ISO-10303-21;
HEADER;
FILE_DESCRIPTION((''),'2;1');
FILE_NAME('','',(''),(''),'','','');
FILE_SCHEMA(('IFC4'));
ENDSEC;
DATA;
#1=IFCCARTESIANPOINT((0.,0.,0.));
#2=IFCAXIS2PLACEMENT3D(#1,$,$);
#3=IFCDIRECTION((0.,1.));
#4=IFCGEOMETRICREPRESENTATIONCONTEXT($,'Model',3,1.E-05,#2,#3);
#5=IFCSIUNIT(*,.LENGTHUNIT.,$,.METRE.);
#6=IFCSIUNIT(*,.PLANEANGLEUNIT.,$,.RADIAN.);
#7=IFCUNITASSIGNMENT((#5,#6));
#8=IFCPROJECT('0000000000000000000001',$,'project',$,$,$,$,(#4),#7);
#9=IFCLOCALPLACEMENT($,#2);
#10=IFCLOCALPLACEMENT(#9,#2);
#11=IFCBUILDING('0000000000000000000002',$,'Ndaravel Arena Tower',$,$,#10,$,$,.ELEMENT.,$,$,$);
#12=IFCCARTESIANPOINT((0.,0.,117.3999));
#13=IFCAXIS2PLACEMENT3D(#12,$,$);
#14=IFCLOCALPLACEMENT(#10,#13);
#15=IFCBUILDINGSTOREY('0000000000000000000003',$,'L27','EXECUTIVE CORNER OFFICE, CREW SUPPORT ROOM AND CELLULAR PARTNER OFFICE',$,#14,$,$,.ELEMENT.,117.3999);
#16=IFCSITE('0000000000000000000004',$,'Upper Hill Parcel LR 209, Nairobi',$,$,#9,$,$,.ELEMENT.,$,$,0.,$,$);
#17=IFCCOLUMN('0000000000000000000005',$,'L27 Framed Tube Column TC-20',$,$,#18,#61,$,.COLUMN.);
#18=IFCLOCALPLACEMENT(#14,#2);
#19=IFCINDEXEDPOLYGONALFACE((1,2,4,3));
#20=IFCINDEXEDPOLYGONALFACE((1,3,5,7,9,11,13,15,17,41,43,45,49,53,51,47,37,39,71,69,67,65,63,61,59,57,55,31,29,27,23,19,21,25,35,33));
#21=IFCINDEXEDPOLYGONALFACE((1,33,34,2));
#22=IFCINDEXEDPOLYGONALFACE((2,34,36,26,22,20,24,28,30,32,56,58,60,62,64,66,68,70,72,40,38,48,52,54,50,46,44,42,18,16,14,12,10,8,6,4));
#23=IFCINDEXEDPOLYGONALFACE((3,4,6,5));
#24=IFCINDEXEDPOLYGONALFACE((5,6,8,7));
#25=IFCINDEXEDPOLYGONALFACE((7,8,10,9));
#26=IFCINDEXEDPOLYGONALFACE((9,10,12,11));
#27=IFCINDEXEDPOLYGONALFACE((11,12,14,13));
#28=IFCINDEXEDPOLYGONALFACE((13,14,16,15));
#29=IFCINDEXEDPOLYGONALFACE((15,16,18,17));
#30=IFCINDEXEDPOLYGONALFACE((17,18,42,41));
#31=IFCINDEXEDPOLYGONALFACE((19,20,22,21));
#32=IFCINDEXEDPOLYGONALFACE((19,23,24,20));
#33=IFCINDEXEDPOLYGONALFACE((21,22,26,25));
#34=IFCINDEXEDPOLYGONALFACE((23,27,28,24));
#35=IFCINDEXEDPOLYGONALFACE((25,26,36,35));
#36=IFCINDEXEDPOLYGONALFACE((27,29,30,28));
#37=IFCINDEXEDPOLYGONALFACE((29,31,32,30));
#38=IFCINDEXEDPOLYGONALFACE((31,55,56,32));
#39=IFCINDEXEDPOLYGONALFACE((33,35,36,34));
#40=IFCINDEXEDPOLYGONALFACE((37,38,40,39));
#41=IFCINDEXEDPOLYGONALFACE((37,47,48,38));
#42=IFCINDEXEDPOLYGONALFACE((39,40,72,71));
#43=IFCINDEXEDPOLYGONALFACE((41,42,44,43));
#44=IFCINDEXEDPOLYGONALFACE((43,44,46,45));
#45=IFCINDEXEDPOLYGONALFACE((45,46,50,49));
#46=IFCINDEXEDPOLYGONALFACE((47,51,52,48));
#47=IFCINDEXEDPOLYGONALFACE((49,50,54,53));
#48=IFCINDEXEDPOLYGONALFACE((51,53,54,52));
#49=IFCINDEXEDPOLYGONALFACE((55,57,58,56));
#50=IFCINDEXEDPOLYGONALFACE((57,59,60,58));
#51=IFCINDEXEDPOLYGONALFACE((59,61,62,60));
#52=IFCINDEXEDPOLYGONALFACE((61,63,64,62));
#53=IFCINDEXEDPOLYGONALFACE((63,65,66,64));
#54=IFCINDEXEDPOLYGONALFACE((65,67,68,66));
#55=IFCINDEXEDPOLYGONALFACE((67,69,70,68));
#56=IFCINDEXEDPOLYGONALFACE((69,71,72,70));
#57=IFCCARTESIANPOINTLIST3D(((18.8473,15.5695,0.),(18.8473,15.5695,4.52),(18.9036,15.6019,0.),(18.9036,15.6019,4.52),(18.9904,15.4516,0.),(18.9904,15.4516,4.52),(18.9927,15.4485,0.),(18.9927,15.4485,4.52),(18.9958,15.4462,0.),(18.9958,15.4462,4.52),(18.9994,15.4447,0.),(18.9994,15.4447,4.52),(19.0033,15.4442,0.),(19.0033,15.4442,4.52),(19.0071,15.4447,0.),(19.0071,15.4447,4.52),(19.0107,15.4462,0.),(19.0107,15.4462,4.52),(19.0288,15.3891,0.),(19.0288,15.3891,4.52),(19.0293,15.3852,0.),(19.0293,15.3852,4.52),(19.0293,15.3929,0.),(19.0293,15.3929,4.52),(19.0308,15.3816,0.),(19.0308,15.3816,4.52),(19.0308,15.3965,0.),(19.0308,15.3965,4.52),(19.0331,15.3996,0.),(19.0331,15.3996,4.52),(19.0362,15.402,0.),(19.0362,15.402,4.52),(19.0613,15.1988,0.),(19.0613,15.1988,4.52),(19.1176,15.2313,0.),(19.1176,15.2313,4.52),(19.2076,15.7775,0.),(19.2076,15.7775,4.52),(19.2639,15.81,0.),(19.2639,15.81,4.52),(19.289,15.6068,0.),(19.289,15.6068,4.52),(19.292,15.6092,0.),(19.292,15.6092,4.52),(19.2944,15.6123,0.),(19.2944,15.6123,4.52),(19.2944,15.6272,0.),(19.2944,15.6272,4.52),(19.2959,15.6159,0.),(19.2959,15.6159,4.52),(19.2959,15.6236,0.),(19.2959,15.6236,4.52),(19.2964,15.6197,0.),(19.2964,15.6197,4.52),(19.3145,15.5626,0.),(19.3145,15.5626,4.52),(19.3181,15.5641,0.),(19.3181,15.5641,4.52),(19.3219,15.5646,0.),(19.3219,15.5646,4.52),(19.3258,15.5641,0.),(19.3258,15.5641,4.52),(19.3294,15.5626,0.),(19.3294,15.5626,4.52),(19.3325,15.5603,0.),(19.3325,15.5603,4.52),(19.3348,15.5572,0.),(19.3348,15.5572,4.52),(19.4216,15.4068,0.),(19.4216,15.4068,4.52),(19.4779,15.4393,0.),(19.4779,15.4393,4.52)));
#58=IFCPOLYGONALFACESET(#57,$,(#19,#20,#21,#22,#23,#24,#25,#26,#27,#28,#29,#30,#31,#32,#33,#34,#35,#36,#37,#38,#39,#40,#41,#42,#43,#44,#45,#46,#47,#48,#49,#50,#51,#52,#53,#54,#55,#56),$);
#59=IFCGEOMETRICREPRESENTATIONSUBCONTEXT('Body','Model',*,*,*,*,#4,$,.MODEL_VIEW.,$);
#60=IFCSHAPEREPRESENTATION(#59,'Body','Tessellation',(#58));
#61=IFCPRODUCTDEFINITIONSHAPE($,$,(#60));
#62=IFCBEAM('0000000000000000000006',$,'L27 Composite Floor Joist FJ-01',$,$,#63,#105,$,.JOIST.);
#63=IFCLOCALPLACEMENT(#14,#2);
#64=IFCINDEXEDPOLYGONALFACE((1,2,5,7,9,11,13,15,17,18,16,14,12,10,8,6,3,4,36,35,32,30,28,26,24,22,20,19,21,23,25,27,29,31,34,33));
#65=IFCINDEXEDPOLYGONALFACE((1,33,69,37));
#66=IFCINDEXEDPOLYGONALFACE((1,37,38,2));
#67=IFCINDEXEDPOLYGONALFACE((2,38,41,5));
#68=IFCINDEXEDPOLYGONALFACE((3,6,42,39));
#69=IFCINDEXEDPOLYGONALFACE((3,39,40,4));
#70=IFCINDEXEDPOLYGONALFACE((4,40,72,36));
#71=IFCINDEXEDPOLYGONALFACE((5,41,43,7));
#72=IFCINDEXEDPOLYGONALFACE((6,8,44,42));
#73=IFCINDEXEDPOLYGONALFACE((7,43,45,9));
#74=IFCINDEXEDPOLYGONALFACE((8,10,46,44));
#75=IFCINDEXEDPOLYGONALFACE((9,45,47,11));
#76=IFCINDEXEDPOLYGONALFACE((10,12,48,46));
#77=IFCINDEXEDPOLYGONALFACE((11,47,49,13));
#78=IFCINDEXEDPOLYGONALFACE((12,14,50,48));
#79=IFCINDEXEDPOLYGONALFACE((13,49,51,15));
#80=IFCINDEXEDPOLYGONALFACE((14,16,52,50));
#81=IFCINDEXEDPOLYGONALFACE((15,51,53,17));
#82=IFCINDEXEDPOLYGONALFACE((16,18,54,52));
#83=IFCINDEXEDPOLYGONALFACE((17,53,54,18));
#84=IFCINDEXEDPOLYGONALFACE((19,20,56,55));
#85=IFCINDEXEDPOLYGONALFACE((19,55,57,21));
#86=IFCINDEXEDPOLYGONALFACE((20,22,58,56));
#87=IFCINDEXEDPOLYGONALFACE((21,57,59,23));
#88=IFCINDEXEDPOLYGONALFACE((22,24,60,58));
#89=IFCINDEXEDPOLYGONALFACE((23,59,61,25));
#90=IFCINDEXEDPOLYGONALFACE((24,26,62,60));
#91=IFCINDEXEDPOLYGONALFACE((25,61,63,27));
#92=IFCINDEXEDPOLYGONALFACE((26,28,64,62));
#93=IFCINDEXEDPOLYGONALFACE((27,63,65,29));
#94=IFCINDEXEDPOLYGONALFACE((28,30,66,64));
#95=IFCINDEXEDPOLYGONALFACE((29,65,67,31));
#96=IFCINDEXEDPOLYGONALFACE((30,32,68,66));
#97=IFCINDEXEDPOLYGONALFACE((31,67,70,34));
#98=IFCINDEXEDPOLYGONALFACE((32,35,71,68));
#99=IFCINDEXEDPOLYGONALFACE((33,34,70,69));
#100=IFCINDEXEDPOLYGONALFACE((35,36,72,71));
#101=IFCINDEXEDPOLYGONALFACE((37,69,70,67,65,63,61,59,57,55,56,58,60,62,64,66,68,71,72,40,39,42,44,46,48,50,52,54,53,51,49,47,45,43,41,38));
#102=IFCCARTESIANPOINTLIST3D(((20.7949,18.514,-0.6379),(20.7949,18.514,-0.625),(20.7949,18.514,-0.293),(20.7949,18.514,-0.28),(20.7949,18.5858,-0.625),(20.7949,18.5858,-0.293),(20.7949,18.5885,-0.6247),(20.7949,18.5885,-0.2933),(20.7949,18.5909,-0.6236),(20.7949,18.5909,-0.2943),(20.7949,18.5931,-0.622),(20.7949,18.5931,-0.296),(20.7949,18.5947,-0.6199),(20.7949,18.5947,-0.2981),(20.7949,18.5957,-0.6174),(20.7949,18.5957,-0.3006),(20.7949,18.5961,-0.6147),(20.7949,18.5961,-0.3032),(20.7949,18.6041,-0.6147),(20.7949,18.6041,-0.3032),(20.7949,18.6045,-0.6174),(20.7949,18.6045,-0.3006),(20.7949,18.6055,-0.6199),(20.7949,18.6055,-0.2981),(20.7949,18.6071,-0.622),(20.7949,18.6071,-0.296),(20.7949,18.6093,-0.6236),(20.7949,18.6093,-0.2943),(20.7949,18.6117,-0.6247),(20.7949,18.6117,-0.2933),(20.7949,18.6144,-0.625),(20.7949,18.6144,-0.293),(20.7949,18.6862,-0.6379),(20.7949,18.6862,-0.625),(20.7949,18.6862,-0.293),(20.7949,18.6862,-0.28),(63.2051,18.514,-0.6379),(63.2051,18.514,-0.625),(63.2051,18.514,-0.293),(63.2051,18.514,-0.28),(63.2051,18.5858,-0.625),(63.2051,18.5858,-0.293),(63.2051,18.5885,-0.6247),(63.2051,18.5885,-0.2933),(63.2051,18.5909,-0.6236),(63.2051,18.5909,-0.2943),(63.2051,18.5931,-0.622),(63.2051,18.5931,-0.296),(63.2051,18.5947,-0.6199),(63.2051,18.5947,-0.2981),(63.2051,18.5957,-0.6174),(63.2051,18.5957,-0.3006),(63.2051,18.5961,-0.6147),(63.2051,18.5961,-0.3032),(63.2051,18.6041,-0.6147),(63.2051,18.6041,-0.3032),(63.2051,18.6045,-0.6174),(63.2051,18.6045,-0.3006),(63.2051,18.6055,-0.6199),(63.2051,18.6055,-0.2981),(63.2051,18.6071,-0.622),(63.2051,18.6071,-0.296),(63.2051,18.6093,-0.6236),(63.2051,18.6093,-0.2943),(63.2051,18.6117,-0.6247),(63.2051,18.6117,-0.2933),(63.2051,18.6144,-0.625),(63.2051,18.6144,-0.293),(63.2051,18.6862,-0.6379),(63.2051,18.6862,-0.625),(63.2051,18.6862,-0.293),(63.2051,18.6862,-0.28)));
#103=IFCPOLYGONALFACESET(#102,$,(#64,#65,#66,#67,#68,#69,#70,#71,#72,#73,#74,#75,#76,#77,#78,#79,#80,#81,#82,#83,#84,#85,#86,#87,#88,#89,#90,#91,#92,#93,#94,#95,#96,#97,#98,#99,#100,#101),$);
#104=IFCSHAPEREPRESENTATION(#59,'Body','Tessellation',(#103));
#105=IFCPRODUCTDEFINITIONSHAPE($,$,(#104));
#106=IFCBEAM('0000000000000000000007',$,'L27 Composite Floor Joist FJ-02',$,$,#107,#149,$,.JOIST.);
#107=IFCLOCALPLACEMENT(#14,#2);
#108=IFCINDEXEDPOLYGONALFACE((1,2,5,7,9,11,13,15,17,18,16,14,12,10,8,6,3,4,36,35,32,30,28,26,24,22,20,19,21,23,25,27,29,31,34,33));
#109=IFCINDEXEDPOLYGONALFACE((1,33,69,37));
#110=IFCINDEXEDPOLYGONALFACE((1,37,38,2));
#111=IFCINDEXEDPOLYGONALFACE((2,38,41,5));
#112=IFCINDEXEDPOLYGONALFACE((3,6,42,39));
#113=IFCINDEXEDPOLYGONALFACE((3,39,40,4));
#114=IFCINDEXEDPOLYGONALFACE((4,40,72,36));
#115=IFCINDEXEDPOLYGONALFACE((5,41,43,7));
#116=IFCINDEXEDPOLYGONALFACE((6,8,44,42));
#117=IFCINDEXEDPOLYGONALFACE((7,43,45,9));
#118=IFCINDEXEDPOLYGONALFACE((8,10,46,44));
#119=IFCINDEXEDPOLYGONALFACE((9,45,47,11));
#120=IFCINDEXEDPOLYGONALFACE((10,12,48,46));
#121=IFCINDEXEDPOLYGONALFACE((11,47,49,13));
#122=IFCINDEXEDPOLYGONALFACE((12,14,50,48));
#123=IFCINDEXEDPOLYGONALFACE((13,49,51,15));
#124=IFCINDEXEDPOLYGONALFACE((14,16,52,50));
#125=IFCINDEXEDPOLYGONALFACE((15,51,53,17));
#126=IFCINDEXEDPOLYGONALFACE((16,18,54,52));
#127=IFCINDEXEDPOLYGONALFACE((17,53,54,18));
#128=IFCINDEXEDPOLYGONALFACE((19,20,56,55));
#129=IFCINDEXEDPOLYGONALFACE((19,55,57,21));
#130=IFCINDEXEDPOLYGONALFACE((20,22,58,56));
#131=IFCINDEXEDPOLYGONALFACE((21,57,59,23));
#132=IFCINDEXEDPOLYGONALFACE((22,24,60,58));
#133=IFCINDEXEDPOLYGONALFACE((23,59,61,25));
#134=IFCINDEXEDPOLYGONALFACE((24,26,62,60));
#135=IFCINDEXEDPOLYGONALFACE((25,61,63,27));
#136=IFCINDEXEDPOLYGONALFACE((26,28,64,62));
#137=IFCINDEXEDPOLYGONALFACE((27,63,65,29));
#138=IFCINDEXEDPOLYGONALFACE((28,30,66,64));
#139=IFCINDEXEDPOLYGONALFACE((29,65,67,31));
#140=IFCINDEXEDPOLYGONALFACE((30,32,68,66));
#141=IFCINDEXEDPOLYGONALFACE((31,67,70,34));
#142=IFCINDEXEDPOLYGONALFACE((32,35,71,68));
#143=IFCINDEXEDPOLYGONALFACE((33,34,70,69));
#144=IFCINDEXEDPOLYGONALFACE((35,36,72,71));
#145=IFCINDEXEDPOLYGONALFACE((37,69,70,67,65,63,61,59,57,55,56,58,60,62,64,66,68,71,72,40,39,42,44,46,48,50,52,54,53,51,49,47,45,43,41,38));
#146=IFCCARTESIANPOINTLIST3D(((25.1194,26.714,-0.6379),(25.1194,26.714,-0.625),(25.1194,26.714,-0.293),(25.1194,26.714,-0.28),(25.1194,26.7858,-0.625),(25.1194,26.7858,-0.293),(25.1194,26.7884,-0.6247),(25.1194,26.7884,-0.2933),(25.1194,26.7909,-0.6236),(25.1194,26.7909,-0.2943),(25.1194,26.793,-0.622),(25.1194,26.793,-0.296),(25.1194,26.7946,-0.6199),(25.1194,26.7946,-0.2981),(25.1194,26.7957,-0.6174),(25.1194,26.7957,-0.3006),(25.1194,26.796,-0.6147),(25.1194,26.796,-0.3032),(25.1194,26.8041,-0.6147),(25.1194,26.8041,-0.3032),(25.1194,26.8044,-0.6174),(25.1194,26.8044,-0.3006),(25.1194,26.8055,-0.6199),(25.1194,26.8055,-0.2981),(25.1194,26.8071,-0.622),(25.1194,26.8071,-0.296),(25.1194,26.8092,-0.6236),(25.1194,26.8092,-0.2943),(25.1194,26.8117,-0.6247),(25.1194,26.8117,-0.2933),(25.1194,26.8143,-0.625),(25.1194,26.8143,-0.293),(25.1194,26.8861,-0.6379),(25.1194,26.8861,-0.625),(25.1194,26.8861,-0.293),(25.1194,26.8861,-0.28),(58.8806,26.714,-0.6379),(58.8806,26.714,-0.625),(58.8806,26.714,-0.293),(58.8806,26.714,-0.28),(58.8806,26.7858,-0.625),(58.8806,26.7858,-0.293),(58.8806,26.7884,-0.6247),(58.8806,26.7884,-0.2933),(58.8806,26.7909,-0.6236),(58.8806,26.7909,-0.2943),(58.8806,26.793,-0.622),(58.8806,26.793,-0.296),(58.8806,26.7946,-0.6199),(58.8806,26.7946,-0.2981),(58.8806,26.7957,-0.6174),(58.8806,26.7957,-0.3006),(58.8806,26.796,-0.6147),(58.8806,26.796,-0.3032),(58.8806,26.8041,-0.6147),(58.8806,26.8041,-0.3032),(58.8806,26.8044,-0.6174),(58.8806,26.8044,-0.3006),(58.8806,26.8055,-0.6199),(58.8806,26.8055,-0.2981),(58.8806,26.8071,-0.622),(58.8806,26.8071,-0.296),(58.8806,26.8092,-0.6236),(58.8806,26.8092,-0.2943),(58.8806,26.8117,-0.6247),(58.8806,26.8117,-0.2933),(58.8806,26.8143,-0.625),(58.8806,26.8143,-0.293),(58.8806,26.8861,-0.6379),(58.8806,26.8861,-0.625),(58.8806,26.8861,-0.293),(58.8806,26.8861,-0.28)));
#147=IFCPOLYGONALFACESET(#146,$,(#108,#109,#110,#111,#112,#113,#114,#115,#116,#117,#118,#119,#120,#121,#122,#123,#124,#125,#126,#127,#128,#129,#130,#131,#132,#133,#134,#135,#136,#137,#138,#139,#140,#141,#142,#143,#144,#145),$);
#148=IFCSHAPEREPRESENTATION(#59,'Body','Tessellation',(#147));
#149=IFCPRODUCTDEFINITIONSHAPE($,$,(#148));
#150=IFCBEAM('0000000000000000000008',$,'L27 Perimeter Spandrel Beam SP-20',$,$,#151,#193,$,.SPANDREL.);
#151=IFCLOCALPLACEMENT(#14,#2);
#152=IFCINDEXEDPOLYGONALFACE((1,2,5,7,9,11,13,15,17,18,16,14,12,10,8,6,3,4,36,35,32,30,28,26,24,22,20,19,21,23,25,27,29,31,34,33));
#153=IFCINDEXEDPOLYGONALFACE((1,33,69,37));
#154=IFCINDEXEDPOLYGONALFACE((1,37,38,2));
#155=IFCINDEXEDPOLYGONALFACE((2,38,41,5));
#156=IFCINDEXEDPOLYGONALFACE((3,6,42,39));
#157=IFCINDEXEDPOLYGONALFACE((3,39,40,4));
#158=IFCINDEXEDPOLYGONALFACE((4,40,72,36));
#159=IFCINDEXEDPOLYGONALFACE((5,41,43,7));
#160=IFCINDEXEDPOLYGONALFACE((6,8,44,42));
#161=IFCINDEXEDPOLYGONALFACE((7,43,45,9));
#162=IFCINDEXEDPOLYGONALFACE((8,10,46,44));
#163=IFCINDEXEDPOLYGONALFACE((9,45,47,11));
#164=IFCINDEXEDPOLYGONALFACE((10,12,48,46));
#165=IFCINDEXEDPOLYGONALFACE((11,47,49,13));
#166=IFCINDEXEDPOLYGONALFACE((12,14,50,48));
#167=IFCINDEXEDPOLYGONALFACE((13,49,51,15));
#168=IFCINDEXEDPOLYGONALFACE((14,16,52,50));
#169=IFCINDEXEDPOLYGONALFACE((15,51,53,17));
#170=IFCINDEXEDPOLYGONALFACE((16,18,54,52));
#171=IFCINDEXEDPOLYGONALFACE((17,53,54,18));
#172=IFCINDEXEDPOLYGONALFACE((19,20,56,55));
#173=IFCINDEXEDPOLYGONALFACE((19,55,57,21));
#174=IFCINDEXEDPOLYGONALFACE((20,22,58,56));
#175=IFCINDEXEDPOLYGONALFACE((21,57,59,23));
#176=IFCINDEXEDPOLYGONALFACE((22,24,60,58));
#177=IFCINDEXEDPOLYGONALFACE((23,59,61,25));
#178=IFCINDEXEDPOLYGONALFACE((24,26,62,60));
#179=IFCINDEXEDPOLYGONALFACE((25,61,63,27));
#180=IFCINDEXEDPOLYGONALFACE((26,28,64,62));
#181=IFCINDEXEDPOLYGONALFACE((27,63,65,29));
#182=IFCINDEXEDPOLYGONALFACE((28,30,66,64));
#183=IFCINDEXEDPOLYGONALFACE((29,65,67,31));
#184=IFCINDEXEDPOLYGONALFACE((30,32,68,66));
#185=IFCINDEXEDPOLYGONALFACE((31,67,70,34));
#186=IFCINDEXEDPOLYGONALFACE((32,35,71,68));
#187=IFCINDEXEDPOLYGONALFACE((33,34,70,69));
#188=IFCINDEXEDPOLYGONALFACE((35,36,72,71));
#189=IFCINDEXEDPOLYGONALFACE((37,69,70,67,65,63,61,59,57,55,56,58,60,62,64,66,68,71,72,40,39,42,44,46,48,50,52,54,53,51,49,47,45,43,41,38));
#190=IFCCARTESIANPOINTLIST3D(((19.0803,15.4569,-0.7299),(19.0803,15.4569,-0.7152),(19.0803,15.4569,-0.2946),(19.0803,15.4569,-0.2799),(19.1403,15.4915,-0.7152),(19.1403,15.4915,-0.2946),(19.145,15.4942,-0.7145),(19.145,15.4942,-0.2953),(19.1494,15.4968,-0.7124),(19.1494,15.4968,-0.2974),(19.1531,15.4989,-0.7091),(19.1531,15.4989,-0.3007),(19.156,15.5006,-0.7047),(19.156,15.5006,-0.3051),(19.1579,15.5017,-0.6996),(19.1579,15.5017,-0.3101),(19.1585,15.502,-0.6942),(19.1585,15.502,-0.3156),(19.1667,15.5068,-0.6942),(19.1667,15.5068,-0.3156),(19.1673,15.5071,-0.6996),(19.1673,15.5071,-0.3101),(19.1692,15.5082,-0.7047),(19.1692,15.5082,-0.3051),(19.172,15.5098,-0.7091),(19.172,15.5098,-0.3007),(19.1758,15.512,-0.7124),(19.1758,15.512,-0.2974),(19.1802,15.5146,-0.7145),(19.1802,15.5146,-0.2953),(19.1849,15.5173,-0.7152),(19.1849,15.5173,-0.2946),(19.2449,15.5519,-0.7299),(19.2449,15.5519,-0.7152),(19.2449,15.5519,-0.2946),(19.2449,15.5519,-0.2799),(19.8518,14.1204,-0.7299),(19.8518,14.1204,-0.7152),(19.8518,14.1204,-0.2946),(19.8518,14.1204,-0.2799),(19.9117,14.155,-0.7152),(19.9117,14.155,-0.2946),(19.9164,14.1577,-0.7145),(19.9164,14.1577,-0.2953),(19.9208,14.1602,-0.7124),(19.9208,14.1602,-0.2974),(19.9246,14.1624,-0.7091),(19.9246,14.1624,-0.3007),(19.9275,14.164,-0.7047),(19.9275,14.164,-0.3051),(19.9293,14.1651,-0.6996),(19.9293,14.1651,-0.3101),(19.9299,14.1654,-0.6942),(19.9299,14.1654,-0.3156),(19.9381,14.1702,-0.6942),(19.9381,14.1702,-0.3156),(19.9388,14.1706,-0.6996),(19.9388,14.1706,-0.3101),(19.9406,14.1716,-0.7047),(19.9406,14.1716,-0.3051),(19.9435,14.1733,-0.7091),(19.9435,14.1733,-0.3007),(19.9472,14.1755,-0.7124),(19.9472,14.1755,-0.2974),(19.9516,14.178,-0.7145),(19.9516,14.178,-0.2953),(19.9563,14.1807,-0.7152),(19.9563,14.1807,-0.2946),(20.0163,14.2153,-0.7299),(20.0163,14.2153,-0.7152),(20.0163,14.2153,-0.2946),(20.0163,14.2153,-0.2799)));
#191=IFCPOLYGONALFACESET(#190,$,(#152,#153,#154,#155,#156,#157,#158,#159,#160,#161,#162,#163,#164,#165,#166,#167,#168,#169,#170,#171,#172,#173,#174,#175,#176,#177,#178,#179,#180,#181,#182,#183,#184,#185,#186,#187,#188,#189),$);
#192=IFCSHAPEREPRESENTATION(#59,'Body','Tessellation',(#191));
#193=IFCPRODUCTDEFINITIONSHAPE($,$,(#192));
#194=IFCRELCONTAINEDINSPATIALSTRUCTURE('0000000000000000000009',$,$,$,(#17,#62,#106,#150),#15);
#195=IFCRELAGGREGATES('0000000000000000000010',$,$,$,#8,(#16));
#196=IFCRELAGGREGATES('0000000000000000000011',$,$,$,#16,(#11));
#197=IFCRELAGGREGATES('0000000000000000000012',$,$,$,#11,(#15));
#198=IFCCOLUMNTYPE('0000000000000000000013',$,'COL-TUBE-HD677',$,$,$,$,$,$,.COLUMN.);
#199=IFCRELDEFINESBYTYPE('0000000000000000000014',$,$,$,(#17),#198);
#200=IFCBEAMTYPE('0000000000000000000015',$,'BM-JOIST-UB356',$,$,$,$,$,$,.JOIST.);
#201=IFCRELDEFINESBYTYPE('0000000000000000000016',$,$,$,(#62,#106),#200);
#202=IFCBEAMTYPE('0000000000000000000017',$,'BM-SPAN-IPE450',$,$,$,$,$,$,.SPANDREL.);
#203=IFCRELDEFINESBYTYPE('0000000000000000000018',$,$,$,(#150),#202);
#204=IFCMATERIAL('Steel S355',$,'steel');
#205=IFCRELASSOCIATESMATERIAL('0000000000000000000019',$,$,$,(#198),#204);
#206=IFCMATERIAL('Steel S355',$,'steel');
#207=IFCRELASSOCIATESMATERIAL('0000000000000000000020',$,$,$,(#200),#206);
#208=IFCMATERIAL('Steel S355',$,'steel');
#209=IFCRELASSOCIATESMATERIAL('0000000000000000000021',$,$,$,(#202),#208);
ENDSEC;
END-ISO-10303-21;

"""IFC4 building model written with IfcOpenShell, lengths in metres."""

from ifc_helpers import new_model, si_unit, direction, frame, origin, origin_2d, place, context, subcontext, project, spatial, i_section, extrude, material, material_profile, profile_set, type_object, element, save


model = new_model("IFC4")

# Units and contexts
model_context = context("Model", 3, precision=1e-05, world=origin(), true_north=direction((0.0, 1.0)))
body_context = subcontext(model_context, "Body", "Model", "MODEL_VIEW")
ifc_project = project(units=[si_unit("LENGTHUNIT", "METRE"), si_unit("PLANEANGLEUNIT", "RADIAN")], contexts=[model_context])

# Site, building, storey
site_placement = place(None, origin())
site = spatial("IfcSite", under=ifc_project, at=site_placement, Name="Upper Hill Parcel LR 209, Nairobi", CompositionType="ELEMENT", RefElevation=0.0)
building_placement = place(site_placement, origin())
building = spatial("IfcBuilding", under=site, at=building_placement, Name="Ndaravel Arena Tower", CompositionType="ELEMENT")
storey_placement = place(building_placement, frame((0.0, 0.0, 117.3999)))
storey = spatial("IfcBuildingStorey", under=building, at=storey_placement, Name="L27", Description="EXECUTIVE CORNER OFFICE, CREW SUPPORT ROOM AND CELLULAR PARTNER OFFICE", CompositionType="ELEMENT", Elevation=117.3999)

# Column
ifc_material_1 = material(Name="Steel S355", Category="steel")
ifc_material_profile_1 = material_profile(ifc_material_1, i_section(OverallWidth=0.428, OverallDepth=0.481, WebThickness=0.051, FlangeThickness=0.0649, FilletRadius=0.0149, at=origin_2d()), Name="HD 400x677")
ifc_profile_set_1 = profile_set([ifc_material_profile_1], Name="Steel S355")
column_type = type_object("IfcColumnType", Name="COL-TUBE-HD677", PredefinedType="COLUMN", material=ifc_profile_set_1)
column_placement = place(storey_placement, frame((19.1626, 15.5044, 0.0), z_axis=(0.0, 0.0, 1.0), x_axis=(-0.5, 0.866025, 0.0)))
element("IfcColumn", 1, at=column_placement, inside=storey, type_object=column_type, Name="L27 Framed Tube Column TC-20", PredefinedType="COLUMN", context=body_context, shape_type="SweptSolid", body=[
    extrude(i_section(OverallWidth=0.428, OverallDepth=0.481, WebThickness=0.051, FlangeThickness=0.0649, FilletRadius=0.0149, at=origin_2d()), origin(), (0.0, 0.0, 1.0), 4.52),
])

# Beams
ifc_material_2 = material(Name="Steel S355", Category="steel")
ifc_material_profile_2 = material_profile(ifc_material_2, i_section(OverallWidth=0.1721, OverallDepth=0.3579, WebThickness=0.0081, FlangeThickness=0.0129, FilletRadius=0.0103, at=origin_2d()), Name="UB 356x171x57")
ifc_profile_set_2 = profile_set([ifc_material_profile_2], Name="Steel S355")
beam_type_1 = type_object("IfcBeamType", Name="BM-JOIST-UB356", PredefinedType="JOIST", material=ifc_profile_set_2)
beam_1_placement = place(storey_placement, frame((20.7949, 18.6001, -0.459), z_axis=(1.0, 0.0, 0.0), x_axis=(0.0, 1.0, 0.0)))
element("IfcBeam", 2, at=beam_1_placement, inside=storey, type_object=beam_type_1, Name="L27 Composite Floor Joist FJ-01", PredefinedType="JOIST", context=body_context, shape_type="SweptSolid", body=[
    extrude(i_section(OverallWidth=0.1721, OverallDepth=0.3579, WebThickness=0.0081, FlangeThickness=0.0129, FilletRadius=0.0103, at=origin_2d()), origin(), (0.0, 0.0, 1.0), 42.4102),
])
beam_2_placement = place(storey_placement, frame((25.1194, 26.8, -0.459), z_axis=(1.0, 0.0, 0.0), x_axis=(0.0, 1.0, 0.0)))
element("IfcBeam", 3, at=beam_2_placement, inside=storey, type_object=beam_type_1, Name="L27 Composite Floor Joist FJ-02", PredefinedType="JOIST", context=body_context, shape_type="SweptSolid", body=[
    extrude(i_section(OverallWidth=0.1721, OverallDepth=0.3579, WebThickness=0.0081, FlangeThickness=0.0129, FilletRadius=0.0103, at=origin_2d()), origin(), (0.0, 0.0, 1.0), 33.7612),
])
ifc_material_3 = material(Name="Steel S355", Category="steel")
ifc_material_profile_3 = material_profile(ifc_material_3, i_section(OverallWidth=0.1899, OverallDepth=0.45, WebThickness=0.0095, FlangeThickness=0.0146, FilletRadius=0.021, at=origin_2d()), Name="IPE 450")
ifc_profile_set_3 = profile_set([ifc_material_profile_3], Name="Steel S355")
beam_type_2 = type_object("IfcBeamType", Name="BM-SPAN-IPE450", PredefinedType="SPANDREL", material=ifc_profile_set_3)
beam_3_placement = place(storey_placement, frame((19.1626, 15.5044, -0.5049), z_axis=(0.499882, -0.866093, 0.0), x_axis=(0.866093, 0.499882, 0.0)))
element("IfcBeam", 4, at=beam_3_placement, inside=storey, type_object=beam_type_2, Name="L27 Perimeter Spandrel Beam SP-20", PredefinedType="SPANDREL", context=body_context, shape_type="SweptSolid", body=[
    extrude(i_section(OverallWidth=0.1899, OverallDepth=0.45, WebThickness=0.0095, FlangeThickness=0.0146, FilletRadius=0.021, at=origin_2d()), origin(), (0.0, 0.0, 1.0), 1.5432),
])

save(model, "model.ifc")
